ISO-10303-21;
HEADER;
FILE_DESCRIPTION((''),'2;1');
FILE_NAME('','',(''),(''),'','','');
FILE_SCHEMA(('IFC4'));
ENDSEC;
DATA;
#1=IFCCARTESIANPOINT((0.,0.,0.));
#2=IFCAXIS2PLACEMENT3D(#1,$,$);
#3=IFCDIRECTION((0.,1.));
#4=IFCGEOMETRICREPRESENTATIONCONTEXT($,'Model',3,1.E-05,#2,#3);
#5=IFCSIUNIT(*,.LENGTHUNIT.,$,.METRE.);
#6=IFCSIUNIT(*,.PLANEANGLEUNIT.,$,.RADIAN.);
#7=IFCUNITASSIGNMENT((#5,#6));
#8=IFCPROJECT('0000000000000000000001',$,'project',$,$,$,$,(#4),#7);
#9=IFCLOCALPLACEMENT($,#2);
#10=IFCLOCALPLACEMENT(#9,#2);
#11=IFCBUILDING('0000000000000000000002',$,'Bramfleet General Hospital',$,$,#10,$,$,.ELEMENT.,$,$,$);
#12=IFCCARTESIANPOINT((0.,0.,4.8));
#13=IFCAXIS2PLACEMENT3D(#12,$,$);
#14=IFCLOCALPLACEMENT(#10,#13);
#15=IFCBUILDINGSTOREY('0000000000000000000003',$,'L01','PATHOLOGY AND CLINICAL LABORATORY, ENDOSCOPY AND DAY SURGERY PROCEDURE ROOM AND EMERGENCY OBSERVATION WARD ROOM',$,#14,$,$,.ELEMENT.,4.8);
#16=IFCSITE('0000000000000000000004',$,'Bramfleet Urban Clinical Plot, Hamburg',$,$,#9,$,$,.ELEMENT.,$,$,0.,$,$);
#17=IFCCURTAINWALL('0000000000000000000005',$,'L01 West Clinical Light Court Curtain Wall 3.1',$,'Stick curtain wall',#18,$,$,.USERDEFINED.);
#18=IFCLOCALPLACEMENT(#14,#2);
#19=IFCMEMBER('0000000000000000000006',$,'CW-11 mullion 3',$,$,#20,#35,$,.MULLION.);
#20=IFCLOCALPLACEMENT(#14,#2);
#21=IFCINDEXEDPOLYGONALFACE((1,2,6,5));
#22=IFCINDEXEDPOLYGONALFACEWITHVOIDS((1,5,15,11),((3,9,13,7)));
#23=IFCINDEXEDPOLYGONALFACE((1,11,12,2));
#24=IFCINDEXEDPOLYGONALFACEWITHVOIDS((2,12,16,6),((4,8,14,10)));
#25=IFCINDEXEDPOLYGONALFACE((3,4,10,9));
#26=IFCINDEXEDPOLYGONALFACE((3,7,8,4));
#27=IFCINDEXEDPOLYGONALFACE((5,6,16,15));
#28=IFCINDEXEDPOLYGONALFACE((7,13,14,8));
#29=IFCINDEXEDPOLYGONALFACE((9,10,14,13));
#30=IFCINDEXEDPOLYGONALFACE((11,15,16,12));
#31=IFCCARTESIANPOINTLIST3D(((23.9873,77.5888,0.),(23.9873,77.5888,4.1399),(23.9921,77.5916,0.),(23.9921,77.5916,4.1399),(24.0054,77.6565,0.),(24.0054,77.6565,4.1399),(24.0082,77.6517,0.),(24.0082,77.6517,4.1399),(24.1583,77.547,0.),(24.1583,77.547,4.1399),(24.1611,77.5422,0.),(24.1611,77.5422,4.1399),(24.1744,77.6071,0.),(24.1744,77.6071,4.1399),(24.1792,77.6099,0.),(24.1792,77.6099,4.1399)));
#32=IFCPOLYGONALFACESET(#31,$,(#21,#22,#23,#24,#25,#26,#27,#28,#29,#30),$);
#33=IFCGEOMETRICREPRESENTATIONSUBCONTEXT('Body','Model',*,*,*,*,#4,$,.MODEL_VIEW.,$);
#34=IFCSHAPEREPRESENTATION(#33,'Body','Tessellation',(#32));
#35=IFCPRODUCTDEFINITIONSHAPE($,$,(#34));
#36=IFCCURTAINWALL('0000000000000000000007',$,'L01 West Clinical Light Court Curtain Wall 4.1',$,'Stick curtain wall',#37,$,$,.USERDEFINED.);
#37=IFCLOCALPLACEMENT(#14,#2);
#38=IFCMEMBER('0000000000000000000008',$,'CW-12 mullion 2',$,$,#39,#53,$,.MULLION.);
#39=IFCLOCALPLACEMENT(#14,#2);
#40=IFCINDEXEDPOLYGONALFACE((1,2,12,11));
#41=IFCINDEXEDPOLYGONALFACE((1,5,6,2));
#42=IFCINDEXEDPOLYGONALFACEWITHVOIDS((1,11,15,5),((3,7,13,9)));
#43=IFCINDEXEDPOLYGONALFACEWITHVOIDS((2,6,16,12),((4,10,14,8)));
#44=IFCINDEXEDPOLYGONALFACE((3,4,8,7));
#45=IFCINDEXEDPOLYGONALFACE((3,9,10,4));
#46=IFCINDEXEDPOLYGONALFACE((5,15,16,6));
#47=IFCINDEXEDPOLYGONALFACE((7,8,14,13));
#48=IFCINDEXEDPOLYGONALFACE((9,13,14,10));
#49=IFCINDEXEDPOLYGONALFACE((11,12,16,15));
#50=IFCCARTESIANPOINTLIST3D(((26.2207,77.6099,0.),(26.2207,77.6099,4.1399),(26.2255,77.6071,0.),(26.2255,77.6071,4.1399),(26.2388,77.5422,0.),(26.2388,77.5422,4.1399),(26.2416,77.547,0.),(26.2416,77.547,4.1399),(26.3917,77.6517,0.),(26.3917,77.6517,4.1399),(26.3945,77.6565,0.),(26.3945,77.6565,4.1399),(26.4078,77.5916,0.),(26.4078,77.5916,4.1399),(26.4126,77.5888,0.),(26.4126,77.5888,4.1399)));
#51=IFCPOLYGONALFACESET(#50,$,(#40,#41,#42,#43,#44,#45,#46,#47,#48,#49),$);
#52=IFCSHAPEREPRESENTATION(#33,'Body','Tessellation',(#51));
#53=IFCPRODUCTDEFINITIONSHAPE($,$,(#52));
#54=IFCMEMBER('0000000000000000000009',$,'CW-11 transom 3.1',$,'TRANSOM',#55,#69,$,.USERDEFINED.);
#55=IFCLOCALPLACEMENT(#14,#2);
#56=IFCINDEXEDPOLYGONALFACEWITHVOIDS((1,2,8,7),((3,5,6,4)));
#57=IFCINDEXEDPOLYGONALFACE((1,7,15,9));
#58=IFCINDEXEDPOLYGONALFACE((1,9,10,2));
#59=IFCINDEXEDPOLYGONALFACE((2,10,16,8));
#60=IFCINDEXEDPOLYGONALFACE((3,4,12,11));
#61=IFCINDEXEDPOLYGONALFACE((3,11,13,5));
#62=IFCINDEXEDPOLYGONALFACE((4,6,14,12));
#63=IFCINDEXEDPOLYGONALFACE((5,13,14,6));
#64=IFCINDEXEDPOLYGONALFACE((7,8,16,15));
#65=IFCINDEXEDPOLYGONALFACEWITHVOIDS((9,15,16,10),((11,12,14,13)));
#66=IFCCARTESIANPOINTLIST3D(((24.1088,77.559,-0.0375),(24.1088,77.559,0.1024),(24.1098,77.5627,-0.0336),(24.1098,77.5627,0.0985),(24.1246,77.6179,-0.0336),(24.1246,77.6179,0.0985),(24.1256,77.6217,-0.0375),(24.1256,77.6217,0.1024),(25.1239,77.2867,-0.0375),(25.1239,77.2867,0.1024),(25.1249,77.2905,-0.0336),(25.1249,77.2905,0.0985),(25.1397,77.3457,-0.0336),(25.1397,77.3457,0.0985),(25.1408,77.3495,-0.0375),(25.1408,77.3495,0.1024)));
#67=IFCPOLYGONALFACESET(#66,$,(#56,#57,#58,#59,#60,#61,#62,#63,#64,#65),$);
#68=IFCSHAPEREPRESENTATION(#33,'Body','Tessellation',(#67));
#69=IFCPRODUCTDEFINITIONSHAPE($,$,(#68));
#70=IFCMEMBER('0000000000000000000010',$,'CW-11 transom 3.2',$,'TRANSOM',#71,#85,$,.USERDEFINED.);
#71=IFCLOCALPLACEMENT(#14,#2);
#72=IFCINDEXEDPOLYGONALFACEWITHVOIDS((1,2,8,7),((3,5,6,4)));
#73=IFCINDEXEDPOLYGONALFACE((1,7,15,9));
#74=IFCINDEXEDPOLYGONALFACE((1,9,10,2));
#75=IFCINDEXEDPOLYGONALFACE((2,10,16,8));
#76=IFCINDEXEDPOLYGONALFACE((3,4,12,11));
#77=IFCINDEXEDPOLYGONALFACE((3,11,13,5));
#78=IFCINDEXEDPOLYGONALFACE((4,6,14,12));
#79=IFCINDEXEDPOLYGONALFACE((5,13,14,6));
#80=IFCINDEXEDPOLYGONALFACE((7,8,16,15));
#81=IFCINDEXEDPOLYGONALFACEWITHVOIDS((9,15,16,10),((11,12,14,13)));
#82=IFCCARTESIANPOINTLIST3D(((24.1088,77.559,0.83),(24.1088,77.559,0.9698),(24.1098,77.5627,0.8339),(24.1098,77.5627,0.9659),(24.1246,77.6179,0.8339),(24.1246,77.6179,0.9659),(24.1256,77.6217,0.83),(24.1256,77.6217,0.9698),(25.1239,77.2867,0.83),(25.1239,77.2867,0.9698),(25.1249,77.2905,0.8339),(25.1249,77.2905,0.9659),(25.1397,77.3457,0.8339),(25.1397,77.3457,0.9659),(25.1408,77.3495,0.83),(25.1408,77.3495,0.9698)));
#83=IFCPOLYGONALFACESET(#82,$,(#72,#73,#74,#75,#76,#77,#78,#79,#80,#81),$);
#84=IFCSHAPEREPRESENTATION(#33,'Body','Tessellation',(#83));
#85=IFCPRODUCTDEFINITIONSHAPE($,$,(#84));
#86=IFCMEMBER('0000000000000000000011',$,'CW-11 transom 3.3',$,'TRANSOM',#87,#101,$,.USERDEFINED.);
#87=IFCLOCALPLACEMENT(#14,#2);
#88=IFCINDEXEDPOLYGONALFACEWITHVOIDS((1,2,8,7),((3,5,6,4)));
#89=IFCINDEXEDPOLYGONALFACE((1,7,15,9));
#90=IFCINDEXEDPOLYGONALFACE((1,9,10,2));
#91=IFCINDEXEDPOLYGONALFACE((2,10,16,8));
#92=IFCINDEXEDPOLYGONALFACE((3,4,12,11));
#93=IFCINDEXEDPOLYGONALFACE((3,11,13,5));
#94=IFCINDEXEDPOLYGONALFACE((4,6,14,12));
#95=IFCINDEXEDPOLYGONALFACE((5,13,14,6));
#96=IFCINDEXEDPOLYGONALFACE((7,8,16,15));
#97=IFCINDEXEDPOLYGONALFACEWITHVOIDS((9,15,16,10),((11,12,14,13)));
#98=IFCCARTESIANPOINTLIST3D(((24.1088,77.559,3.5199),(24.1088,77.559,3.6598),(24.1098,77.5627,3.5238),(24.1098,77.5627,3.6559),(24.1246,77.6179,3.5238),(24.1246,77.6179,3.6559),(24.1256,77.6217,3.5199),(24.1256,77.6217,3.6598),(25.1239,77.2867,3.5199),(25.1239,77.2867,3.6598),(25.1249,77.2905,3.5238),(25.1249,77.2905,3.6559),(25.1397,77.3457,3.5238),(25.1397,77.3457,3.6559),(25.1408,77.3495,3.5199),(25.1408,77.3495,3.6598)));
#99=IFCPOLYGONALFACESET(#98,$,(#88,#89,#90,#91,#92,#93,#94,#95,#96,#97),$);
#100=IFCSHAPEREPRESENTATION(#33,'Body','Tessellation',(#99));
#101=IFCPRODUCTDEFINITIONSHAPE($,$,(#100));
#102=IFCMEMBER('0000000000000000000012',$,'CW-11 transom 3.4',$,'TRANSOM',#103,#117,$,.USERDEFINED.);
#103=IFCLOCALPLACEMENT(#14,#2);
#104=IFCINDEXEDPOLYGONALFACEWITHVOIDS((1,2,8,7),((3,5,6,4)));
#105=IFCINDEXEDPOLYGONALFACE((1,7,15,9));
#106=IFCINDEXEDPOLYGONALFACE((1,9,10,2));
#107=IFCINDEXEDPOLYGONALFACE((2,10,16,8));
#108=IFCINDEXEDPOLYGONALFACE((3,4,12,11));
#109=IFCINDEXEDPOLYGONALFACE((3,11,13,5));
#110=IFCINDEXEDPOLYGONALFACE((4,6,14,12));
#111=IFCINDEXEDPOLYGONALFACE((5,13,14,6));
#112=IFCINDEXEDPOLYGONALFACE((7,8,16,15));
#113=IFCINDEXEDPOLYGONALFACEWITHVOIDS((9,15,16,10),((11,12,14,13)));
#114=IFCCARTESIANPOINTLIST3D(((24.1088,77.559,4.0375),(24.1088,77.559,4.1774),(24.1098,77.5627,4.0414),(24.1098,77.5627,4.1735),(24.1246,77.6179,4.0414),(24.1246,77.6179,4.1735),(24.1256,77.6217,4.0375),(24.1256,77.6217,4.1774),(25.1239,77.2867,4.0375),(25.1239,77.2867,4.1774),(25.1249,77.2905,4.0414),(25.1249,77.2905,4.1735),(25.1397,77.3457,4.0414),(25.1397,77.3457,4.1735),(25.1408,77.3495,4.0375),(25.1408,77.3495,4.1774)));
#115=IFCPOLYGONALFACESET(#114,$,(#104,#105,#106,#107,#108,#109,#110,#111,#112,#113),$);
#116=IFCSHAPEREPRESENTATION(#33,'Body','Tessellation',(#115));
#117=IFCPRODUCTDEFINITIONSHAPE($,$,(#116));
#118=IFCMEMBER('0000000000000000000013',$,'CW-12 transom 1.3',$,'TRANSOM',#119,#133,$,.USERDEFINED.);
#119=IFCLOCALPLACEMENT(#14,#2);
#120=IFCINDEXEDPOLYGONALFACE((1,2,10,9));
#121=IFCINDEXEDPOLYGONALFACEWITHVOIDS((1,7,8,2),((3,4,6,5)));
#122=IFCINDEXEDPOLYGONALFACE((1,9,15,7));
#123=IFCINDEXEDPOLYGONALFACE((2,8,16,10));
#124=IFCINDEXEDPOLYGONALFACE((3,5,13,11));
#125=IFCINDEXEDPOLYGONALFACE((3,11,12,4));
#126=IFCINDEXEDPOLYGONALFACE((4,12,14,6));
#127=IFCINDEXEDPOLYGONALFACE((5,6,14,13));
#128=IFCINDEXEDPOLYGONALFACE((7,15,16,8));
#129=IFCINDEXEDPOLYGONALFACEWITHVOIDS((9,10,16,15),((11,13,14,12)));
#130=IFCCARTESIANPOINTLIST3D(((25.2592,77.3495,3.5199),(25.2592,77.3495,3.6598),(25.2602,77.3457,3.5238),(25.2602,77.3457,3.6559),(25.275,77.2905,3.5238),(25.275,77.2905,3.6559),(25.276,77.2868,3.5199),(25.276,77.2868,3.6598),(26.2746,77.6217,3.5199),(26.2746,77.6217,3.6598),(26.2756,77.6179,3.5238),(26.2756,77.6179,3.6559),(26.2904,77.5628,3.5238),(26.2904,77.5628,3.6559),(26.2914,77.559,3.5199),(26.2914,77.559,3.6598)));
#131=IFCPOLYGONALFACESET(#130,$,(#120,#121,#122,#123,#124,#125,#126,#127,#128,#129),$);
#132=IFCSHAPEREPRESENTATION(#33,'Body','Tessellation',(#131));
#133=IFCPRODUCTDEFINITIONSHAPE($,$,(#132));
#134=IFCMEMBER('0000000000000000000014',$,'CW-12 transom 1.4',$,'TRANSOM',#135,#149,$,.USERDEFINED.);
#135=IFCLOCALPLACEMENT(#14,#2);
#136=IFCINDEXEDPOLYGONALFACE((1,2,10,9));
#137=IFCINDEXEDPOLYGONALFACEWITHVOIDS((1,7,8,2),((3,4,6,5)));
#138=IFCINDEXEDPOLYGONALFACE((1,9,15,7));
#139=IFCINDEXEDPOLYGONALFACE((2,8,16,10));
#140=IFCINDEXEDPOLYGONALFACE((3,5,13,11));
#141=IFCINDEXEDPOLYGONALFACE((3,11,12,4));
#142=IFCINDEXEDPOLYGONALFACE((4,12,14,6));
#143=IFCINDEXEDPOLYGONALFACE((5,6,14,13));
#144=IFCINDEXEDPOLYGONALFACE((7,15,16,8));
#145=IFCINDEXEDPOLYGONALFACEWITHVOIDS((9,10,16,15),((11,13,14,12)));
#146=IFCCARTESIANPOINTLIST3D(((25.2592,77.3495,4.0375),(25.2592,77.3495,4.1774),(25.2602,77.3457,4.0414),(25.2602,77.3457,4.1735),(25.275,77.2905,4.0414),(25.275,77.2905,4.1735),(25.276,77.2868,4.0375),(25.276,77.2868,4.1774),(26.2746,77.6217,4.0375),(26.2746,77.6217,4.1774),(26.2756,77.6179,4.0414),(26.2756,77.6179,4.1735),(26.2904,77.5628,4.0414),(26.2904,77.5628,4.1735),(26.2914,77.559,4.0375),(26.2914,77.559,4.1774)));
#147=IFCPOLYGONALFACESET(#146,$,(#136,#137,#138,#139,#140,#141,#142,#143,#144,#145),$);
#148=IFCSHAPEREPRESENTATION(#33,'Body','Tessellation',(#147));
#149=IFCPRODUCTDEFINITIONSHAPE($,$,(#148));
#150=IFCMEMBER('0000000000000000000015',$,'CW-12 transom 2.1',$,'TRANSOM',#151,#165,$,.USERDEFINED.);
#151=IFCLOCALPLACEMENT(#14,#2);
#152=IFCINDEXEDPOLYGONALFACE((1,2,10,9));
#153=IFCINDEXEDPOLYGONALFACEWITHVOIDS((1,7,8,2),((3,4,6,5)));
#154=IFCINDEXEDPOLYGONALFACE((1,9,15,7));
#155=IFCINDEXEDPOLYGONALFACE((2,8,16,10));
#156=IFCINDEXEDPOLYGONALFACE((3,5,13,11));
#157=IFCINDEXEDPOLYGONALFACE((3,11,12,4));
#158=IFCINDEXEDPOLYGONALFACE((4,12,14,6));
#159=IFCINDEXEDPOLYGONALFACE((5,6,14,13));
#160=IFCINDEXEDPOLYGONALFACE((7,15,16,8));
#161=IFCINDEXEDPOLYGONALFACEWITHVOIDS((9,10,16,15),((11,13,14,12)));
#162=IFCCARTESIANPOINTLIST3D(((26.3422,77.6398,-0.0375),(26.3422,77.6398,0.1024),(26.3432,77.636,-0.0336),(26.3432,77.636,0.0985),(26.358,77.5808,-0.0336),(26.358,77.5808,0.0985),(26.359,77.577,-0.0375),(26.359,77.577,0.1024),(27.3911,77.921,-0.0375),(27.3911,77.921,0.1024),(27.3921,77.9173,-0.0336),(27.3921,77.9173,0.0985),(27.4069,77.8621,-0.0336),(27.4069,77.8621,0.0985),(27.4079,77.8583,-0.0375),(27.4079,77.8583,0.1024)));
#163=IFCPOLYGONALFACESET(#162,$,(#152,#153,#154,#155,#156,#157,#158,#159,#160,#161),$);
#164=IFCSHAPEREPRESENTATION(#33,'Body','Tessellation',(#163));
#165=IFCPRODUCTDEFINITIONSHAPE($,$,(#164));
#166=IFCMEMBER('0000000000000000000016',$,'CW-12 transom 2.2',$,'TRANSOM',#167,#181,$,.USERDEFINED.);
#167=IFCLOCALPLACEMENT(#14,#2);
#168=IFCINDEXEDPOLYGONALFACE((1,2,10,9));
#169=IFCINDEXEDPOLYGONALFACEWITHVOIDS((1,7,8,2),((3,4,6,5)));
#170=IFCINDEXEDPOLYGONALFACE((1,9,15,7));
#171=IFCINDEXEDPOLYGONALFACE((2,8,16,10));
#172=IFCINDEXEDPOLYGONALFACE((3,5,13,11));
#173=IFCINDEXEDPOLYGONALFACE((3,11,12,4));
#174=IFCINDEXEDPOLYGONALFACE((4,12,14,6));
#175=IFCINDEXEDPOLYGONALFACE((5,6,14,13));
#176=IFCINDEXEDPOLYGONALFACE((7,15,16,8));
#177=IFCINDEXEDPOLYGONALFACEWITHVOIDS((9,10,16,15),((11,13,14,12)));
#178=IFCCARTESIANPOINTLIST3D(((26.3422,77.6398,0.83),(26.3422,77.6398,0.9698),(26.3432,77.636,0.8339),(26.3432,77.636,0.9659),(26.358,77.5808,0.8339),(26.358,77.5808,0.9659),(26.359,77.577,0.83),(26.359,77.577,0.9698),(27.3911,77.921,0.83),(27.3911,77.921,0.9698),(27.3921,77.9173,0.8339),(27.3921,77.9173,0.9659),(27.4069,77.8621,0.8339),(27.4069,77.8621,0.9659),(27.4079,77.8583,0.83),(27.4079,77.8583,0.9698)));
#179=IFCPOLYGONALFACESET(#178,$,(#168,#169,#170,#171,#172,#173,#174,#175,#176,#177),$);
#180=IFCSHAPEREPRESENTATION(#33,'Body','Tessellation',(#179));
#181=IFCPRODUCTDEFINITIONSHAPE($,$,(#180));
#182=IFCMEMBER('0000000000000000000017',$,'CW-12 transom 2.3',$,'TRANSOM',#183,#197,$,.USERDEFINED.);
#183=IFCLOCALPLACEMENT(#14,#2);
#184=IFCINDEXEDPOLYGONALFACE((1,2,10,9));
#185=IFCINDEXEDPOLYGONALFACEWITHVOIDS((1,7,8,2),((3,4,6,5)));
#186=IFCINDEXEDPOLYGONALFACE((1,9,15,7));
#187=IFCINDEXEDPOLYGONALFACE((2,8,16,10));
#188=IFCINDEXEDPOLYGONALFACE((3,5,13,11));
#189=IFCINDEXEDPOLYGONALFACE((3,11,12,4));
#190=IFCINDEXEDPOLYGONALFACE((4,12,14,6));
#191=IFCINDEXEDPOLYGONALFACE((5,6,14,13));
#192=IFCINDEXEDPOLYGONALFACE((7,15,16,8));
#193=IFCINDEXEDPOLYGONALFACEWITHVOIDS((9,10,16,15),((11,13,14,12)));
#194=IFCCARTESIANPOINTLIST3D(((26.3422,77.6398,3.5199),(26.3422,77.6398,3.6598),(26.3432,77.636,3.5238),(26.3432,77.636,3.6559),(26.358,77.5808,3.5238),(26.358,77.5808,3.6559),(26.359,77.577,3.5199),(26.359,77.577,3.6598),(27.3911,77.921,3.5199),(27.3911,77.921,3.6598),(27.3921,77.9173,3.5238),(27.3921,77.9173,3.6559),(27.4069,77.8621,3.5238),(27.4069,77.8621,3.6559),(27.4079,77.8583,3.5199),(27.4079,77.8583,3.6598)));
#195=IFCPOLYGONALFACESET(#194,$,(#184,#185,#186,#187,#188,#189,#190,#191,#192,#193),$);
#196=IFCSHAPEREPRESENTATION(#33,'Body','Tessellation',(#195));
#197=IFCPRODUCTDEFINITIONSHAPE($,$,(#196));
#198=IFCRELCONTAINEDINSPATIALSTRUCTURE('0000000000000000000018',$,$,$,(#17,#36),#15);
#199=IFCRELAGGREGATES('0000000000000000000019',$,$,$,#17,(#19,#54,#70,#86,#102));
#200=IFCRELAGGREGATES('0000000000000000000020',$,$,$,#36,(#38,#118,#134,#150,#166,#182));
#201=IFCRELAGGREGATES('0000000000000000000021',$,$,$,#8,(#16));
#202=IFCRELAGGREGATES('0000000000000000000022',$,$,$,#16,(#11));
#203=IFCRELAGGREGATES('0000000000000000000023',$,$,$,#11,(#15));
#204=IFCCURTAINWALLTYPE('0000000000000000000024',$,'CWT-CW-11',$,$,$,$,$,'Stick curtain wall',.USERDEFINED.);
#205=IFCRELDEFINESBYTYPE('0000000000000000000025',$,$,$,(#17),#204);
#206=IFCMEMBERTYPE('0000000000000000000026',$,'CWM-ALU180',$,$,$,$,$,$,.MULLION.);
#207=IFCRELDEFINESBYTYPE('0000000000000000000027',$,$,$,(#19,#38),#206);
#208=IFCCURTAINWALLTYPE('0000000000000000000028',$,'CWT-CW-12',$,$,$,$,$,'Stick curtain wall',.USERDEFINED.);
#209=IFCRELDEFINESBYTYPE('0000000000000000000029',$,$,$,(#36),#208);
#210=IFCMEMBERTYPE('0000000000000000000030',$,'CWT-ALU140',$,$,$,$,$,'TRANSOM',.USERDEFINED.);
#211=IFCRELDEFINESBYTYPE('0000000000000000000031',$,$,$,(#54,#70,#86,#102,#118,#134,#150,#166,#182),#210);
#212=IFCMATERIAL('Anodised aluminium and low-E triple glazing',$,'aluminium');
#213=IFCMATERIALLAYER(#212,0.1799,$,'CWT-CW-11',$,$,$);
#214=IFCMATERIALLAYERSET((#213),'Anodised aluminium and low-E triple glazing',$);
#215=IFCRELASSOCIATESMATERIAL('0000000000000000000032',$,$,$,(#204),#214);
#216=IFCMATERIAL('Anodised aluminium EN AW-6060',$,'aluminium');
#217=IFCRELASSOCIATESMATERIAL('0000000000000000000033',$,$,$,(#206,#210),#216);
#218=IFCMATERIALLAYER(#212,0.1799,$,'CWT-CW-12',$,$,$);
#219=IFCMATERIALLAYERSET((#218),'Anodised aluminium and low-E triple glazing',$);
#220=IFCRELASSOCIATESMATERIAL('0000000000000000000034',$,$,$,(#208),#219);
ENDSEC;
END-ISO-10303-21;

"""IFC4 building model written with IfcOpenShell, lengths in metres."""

from ifc_helpers import new_model, si_unit, direction, frame, origin, origin_2d, place, context, subcontext, project, spatial, hollow_rectangle, extrude, material, layer, layer_set, material_profile, profile_set, type_object, element, aggregate, save


model = new_model("IFC4")

# Units and contexts
model_context = context("Model", 3, precision=1e-05, world=origin(), true_north=direction((0.0, 1.0)))
body_context = subcontext(model_context, "Body", "Model", "MODEL_VIEW")
ifc_project = project(units=[si_unit("LENGTHUNIT", "METRE"), si_unit("PLANEANGLEUNIT", "RADIAN")], contexts=[model_context])

# Site, building, storey
site_placement = place(None, origin())
site = spatial("IfcSite", under=ifc_project, at=site_placement, Name="Bramfleet Urban Clinical Plot, Hamburg", CompositionType="ELEMENT", RefElevation=0.0)
building_placement = place(site_placement, origin())
building = spatial("IfcBuilding", under=site, at=building_placement, Name="Bramfleet General Hospital", CompositionType="ELEMENT")
storey_placement = place(building_placement, frame((0.0, 0.0, 4.8)))
storey = spatial("IfcBuildingStorey", under=building, at=storey_placement, Name="L01", Description="PATHOLOGY AND CLINICAL LABORATORY, ENDOSCOPY AND DAY SURGERY PROCEDURE ROOM AND EMERGENCY OBSERVATION WARD ROOM", CompositionType="ELEMENT", Elevation=4.8)

# Curtain walls, members
ifc_material_1 = material(Name="Anodised aluminium and low-E triple glazing", Category="aluminium")
ifc_layer_1 = layer(ifc_material_1, 0.1799, Name="CWT-CW-11")
ifc_layer_set_1 = layer_set([ifc_layer_1], Name="Anodised aluminium and low-E triple glazing")
curtain_wall_type_1 = type_object("IfcCurtainWallType", Name="CWT-CW-11", ElementType="Stick curtain wall", PredefinedType="USERDEFINED", material=ifc_layer_set_1)
curtain_wall_1_placement = place(storey_placement, origin())
curtain_wall_1 = element("IfcCurtainWall", 1, at=curtain_wall_1_placement, inside=storey, type_object=curtain_wall_type_1, Name="L01 West Clinical Light Court Curtain Wall 3.1", ObjectType="Stick curtain wall", PredefinedType="USERDEFINED")
ifc_material_2 = material(Name="Anodised aluminium EN AW-6060", Category="aluminium")
ifc_material_profile_1 = material_profile(ifc_material_2, hollow_rectangle(XDim=0.0701, YDim=0.1799, WallThickness=0.0039, at=origin_2d()), Name="ALU 180x70x4.0")
ifc_profile_set_1 = profile_set([ifc_material_profile_1], Name="Anodised aluminium EN AW-6060")
member_type_1 = type_object("IfcMemberType", Name="CWM-ALU180", PredefinedType="MULLION", material=ifc_profile_set_1)
member_1_placement = place(storey_placement, frame((24.0833, 77.5994, 0.0), z_axis=(0.0, 0.0, 1.0), x_axis=(0.258919, 0.965899, 0.0)))
member_1 = element("IfcMember", 2, at=member_1_placement, type_object=member_type_1, Name="CW-11 mullion 3", PredefinedType="MULLION", context=body_context, shape_type="SweptSolid", body=[
    extrude(hollow_rectangle(XDim=0.0701, YDim=0.1799, WallThickness=0.0039, at=origin_2d()), origin(), (0.0, 0.0, 1.0), 4.1399),
])
ifc_layer_2 = layer(ifc_material_1, 0.1799, Name="CWT-CW-12")
ifc_layer_set_2 = layer_set([ifc_layer_2], Name="Anodised aluminium and low-E triple glazing")
curtain_wall_type_2 = type_object("IfcCurtainWallType", Name="CWT-CW-12", ElementType="Stick curtain wall", PredefinedType="USERDEFINED", material=ifc_layer_set_2)
curtain_wall_2_placement = place(storey_placement, origin())
curtain_wall_2 = element("IfcCurtainWall", 3, at=curtain_wall_2_placement, inside=storey, type_object=curtain_wall_type_2, Name="L01 West Clinical Light Court Curtain Wall 4.1", ObjectType="Stick curtain wall", PredefinedType="USERDEFINED")
member_2_placement = place(storey_placement, frame((26.3167, 77.5994, 0.0), z_axis=(0.0, 0.0, 1.0), x_axis=(-0.258919, 0.965899, 0.0)))
member_2 = element("IfcMember", 4, at=member_2_placement, type_object=member_type_1, Name="CW-12 mullion 2", PredefinedType="MULLION", context=body_context, shape_type="SweptSolid", body=[
    extrude(hollow_rectangle(XDim=0.0701, YDim=0.1799, WallThickness=0.0039, at=origin_2d()), origin(), (0.0, 0.0, 1.0), 4.1399),
])

# Members
ifc_material_profile_2 = material_profile(ifc_material_2, hollow_rectangle(XDim=0.0649, YDim=0.1399, WallThickness=0.0039, at=origin_2d()), Name="ALU 140x65x4.0")
ifc_profile_set_2 = profile_set([ifc_material_profile_2], Name="Anodised aluminium EN AW-6060")
member_type_2 = type_object("IfcMemberType", Name="CWT-ALU140", ElementType="TRANSOM", PredefinedType="USERDEFINED", material=ifc_profile_set_2)
member_3_placement = place(storey_placement, frame((24.1172, 77.5903, 0.0325), z_axis=(0.965875, -0.259007, 0.0), x_axis=(0.259007, 0.965875, 0.0)))
member_3 = element("IfcMember", 5, at=member_3_placement, type_object=member_type_2, Name="CW-11 transom 3.1", ObjectType="TRANSOM", PredefinedType="USERDEFINED", context=body_context, shape_type="SweptSolid", body=[
    extrude(hollow_rectangle(XDim=0.0649, YDim=0.1399, WallThickness=0.0039, at=origin_2d()), origin(), (0.0, 0.0, 1.0), 1.051),
])
member_4_placement = place(storey_placement, frame((24.1172, 77.5903, 0.8999), z_axis=(0.965875, -0.259007, 0.0), x_axis=(0.259007, 0.965875, 0.0)))
member_4 = element("IfcMember", 6, at=member_4_placement, type_object=member_type_2, Name="CW-11 transom 3.2", ObjectType="TRANSOM", PredefinedType="USERDEFINED", context=body_context, shape_type="SweptSolid", body=[
    extrude(hollow_rectangle(XDim=0.0649, YDim=0.1399, WallThickness=0.0039, at=origin_2d()), origin(), (0.0, 0.0, 1.0), 1.051),
])
member_5_placement = place(storey_placement, frame((24.1172, 77.5903, 3.5898), z_axis=(0.965875, -0.259007, 0.0), x_axis=(0.259007, 0.965875, 0.0)))
member_5 = element("IfcMember", 7, at=member_5_placement, type_object=member_type_2, Name="CW-11 transom 3.3", ObjectType="TRANSOM", PredefinedType="USERDEFINED", context=body_context, shape_type="SweptSolid", body=[
    extrude(hollow_rectangle(XDim=0.0649, YDim=0.1399, WallThickness=0.0039, at=origin_2d()), origin(), (0.0, 0.0, 1.0), 1.051),
])
member_6_placement = place(storey_placement, frame((24.1172, 77.5903, 4.1074), z_axis=(0.965875, -0.259007, 0.0), x_axis=(0.259007, 0.965875, 0.0)))
member_6 = element("IfcMember", 8, at=member_6_placement, type_object=member_type_2, Name="CW-11 transom 3.4", ObjectType="TRANSOM", PredefinedType="USERDEFINED", context=body_context, shape_type="SweptSolid", body=[
    extrude(hollow_rectangle(XDim=0.0649, YDim=0.1399, WallThickness=0.0039, at=origin_2d()), origin(), (0.0, 0.0, 1.0), 1.051),
])
member_7_placement = place(storey_placement, frame((25.2676, 77.3181, 3.5898), z_axis=(0.965891, 0.258949, 0.0), x_axis=(-0.258949, 0.965891, 0.0)))
member_7 = element("IfcMember", 9, at=member_7_placement, type_object=member_type_2, Name="CW-12 transom 1.3", ObjectType="TRANSOM", PredefinedType="USERDEFINED", context=body_context, shape_type="SweptSolid", body=[
    extrude(hollow_rectangle(XDim=0.0649, YDim=0.1399, WallThickness=0.0039, at=origin_2d()), origin(), (0.0, 0.0, 1.0), 1.0513),
])
member_8_placement = place(storey_placement, frame((25.2676, 77.3181, 4.1074), z_axis=(0.965891, 0.258949, 0.0), x_axis=(-0.258949, 0.965891, 0.0)))
member_8 = element("IfcMember", 10, at=member_8_placement, type_object=member_type_2, Name="CW-12 transom 1.4", ObjectType="TRANSOM", PredefinedType="USERDEFINED", context=body_context, shape_type="SweptSolid", body=[
    extrude(hollow_rectangle(XDim=0.0649, YDim=0.1399, WallThickness=0.0039, at=origin_2d()), origin(), (0.0, 0.0, 1.0), 1.0513),
])
member_9_placement = place(storey_placement, frame((26.3506, 77.6084, 0.0325), z_axis=(0.965876, 0.259006, 0.0), x_axis=(-0.259006, 0.965876, 0.0)))
member_9 = element("IfcMember", 11, at=member_9_placement, type_object=member_type_2, Name="CW-12 transom 2.1", ObjectType="TRANSOM", PredefinedType="USERDEFINED", context=body_context, shape_type="SweptSolid", body=[
    extrude(hollow_rectangle(XDim=0.0649, YDim=0.1399, WallThickness=0.0039, at=origin_2d()), origin(), (0.0, 0.0, 1.0), 1.0859),
])
member_10_placement = place(storey_placement, frame((26.3506, 77.6084, 0.8999), z_axis=(0.965876, 0.259006, 0.0), x_axis=(-0.259006, 0.965876, 0.0)))
member_10 = element("IfcMember", 12, at=member_10_placement, type_object=member_type_2, Name="CW-12 transom 2.2", ObjectType="TRANSOM", PredefinedType="USERDEFINED", context=body_context, shape_type="SweptSolid", body=[
    extrude(hollow_rectangle(XDim=0.0649, YDim=0.1399, WallThickness=0.0039, at=origin_2d()), origin(), (0.0, 0.0, 1.0), 1.0859),
])
member_11_placement = place(storey_placement, frame((26.3506, 77.6084, 3.5898), z_axis=(0.965876, 0.259006, 0.0), x_axis=(-0.259006, 0.965876, 0.0)))
member_11 = element("IfcMember", 13, at=member_11_placement, type_object=member_type_2, Name="CW-12 transom 2.3", ObjectType="TRANSOM", PredefinedType="USERDEFINED", context=body_context, shape_type="SweptSolid", body=[
    extrude(hollow_rectangle(XDim=0.0649, YDim=0.1399, WallThickness=0.0039, at=origin_2d()), origin(), (0.0, 0.0, 1.0), 1.0859),
])

aggregate(curtain_wall_1, [member_1, member_3, member_4, member_5, member_6])
aggregate(curtain_wall_2, [member_2, member_7, member_8, member_9, member_10, member_11])

save(model, "model.ifc")
